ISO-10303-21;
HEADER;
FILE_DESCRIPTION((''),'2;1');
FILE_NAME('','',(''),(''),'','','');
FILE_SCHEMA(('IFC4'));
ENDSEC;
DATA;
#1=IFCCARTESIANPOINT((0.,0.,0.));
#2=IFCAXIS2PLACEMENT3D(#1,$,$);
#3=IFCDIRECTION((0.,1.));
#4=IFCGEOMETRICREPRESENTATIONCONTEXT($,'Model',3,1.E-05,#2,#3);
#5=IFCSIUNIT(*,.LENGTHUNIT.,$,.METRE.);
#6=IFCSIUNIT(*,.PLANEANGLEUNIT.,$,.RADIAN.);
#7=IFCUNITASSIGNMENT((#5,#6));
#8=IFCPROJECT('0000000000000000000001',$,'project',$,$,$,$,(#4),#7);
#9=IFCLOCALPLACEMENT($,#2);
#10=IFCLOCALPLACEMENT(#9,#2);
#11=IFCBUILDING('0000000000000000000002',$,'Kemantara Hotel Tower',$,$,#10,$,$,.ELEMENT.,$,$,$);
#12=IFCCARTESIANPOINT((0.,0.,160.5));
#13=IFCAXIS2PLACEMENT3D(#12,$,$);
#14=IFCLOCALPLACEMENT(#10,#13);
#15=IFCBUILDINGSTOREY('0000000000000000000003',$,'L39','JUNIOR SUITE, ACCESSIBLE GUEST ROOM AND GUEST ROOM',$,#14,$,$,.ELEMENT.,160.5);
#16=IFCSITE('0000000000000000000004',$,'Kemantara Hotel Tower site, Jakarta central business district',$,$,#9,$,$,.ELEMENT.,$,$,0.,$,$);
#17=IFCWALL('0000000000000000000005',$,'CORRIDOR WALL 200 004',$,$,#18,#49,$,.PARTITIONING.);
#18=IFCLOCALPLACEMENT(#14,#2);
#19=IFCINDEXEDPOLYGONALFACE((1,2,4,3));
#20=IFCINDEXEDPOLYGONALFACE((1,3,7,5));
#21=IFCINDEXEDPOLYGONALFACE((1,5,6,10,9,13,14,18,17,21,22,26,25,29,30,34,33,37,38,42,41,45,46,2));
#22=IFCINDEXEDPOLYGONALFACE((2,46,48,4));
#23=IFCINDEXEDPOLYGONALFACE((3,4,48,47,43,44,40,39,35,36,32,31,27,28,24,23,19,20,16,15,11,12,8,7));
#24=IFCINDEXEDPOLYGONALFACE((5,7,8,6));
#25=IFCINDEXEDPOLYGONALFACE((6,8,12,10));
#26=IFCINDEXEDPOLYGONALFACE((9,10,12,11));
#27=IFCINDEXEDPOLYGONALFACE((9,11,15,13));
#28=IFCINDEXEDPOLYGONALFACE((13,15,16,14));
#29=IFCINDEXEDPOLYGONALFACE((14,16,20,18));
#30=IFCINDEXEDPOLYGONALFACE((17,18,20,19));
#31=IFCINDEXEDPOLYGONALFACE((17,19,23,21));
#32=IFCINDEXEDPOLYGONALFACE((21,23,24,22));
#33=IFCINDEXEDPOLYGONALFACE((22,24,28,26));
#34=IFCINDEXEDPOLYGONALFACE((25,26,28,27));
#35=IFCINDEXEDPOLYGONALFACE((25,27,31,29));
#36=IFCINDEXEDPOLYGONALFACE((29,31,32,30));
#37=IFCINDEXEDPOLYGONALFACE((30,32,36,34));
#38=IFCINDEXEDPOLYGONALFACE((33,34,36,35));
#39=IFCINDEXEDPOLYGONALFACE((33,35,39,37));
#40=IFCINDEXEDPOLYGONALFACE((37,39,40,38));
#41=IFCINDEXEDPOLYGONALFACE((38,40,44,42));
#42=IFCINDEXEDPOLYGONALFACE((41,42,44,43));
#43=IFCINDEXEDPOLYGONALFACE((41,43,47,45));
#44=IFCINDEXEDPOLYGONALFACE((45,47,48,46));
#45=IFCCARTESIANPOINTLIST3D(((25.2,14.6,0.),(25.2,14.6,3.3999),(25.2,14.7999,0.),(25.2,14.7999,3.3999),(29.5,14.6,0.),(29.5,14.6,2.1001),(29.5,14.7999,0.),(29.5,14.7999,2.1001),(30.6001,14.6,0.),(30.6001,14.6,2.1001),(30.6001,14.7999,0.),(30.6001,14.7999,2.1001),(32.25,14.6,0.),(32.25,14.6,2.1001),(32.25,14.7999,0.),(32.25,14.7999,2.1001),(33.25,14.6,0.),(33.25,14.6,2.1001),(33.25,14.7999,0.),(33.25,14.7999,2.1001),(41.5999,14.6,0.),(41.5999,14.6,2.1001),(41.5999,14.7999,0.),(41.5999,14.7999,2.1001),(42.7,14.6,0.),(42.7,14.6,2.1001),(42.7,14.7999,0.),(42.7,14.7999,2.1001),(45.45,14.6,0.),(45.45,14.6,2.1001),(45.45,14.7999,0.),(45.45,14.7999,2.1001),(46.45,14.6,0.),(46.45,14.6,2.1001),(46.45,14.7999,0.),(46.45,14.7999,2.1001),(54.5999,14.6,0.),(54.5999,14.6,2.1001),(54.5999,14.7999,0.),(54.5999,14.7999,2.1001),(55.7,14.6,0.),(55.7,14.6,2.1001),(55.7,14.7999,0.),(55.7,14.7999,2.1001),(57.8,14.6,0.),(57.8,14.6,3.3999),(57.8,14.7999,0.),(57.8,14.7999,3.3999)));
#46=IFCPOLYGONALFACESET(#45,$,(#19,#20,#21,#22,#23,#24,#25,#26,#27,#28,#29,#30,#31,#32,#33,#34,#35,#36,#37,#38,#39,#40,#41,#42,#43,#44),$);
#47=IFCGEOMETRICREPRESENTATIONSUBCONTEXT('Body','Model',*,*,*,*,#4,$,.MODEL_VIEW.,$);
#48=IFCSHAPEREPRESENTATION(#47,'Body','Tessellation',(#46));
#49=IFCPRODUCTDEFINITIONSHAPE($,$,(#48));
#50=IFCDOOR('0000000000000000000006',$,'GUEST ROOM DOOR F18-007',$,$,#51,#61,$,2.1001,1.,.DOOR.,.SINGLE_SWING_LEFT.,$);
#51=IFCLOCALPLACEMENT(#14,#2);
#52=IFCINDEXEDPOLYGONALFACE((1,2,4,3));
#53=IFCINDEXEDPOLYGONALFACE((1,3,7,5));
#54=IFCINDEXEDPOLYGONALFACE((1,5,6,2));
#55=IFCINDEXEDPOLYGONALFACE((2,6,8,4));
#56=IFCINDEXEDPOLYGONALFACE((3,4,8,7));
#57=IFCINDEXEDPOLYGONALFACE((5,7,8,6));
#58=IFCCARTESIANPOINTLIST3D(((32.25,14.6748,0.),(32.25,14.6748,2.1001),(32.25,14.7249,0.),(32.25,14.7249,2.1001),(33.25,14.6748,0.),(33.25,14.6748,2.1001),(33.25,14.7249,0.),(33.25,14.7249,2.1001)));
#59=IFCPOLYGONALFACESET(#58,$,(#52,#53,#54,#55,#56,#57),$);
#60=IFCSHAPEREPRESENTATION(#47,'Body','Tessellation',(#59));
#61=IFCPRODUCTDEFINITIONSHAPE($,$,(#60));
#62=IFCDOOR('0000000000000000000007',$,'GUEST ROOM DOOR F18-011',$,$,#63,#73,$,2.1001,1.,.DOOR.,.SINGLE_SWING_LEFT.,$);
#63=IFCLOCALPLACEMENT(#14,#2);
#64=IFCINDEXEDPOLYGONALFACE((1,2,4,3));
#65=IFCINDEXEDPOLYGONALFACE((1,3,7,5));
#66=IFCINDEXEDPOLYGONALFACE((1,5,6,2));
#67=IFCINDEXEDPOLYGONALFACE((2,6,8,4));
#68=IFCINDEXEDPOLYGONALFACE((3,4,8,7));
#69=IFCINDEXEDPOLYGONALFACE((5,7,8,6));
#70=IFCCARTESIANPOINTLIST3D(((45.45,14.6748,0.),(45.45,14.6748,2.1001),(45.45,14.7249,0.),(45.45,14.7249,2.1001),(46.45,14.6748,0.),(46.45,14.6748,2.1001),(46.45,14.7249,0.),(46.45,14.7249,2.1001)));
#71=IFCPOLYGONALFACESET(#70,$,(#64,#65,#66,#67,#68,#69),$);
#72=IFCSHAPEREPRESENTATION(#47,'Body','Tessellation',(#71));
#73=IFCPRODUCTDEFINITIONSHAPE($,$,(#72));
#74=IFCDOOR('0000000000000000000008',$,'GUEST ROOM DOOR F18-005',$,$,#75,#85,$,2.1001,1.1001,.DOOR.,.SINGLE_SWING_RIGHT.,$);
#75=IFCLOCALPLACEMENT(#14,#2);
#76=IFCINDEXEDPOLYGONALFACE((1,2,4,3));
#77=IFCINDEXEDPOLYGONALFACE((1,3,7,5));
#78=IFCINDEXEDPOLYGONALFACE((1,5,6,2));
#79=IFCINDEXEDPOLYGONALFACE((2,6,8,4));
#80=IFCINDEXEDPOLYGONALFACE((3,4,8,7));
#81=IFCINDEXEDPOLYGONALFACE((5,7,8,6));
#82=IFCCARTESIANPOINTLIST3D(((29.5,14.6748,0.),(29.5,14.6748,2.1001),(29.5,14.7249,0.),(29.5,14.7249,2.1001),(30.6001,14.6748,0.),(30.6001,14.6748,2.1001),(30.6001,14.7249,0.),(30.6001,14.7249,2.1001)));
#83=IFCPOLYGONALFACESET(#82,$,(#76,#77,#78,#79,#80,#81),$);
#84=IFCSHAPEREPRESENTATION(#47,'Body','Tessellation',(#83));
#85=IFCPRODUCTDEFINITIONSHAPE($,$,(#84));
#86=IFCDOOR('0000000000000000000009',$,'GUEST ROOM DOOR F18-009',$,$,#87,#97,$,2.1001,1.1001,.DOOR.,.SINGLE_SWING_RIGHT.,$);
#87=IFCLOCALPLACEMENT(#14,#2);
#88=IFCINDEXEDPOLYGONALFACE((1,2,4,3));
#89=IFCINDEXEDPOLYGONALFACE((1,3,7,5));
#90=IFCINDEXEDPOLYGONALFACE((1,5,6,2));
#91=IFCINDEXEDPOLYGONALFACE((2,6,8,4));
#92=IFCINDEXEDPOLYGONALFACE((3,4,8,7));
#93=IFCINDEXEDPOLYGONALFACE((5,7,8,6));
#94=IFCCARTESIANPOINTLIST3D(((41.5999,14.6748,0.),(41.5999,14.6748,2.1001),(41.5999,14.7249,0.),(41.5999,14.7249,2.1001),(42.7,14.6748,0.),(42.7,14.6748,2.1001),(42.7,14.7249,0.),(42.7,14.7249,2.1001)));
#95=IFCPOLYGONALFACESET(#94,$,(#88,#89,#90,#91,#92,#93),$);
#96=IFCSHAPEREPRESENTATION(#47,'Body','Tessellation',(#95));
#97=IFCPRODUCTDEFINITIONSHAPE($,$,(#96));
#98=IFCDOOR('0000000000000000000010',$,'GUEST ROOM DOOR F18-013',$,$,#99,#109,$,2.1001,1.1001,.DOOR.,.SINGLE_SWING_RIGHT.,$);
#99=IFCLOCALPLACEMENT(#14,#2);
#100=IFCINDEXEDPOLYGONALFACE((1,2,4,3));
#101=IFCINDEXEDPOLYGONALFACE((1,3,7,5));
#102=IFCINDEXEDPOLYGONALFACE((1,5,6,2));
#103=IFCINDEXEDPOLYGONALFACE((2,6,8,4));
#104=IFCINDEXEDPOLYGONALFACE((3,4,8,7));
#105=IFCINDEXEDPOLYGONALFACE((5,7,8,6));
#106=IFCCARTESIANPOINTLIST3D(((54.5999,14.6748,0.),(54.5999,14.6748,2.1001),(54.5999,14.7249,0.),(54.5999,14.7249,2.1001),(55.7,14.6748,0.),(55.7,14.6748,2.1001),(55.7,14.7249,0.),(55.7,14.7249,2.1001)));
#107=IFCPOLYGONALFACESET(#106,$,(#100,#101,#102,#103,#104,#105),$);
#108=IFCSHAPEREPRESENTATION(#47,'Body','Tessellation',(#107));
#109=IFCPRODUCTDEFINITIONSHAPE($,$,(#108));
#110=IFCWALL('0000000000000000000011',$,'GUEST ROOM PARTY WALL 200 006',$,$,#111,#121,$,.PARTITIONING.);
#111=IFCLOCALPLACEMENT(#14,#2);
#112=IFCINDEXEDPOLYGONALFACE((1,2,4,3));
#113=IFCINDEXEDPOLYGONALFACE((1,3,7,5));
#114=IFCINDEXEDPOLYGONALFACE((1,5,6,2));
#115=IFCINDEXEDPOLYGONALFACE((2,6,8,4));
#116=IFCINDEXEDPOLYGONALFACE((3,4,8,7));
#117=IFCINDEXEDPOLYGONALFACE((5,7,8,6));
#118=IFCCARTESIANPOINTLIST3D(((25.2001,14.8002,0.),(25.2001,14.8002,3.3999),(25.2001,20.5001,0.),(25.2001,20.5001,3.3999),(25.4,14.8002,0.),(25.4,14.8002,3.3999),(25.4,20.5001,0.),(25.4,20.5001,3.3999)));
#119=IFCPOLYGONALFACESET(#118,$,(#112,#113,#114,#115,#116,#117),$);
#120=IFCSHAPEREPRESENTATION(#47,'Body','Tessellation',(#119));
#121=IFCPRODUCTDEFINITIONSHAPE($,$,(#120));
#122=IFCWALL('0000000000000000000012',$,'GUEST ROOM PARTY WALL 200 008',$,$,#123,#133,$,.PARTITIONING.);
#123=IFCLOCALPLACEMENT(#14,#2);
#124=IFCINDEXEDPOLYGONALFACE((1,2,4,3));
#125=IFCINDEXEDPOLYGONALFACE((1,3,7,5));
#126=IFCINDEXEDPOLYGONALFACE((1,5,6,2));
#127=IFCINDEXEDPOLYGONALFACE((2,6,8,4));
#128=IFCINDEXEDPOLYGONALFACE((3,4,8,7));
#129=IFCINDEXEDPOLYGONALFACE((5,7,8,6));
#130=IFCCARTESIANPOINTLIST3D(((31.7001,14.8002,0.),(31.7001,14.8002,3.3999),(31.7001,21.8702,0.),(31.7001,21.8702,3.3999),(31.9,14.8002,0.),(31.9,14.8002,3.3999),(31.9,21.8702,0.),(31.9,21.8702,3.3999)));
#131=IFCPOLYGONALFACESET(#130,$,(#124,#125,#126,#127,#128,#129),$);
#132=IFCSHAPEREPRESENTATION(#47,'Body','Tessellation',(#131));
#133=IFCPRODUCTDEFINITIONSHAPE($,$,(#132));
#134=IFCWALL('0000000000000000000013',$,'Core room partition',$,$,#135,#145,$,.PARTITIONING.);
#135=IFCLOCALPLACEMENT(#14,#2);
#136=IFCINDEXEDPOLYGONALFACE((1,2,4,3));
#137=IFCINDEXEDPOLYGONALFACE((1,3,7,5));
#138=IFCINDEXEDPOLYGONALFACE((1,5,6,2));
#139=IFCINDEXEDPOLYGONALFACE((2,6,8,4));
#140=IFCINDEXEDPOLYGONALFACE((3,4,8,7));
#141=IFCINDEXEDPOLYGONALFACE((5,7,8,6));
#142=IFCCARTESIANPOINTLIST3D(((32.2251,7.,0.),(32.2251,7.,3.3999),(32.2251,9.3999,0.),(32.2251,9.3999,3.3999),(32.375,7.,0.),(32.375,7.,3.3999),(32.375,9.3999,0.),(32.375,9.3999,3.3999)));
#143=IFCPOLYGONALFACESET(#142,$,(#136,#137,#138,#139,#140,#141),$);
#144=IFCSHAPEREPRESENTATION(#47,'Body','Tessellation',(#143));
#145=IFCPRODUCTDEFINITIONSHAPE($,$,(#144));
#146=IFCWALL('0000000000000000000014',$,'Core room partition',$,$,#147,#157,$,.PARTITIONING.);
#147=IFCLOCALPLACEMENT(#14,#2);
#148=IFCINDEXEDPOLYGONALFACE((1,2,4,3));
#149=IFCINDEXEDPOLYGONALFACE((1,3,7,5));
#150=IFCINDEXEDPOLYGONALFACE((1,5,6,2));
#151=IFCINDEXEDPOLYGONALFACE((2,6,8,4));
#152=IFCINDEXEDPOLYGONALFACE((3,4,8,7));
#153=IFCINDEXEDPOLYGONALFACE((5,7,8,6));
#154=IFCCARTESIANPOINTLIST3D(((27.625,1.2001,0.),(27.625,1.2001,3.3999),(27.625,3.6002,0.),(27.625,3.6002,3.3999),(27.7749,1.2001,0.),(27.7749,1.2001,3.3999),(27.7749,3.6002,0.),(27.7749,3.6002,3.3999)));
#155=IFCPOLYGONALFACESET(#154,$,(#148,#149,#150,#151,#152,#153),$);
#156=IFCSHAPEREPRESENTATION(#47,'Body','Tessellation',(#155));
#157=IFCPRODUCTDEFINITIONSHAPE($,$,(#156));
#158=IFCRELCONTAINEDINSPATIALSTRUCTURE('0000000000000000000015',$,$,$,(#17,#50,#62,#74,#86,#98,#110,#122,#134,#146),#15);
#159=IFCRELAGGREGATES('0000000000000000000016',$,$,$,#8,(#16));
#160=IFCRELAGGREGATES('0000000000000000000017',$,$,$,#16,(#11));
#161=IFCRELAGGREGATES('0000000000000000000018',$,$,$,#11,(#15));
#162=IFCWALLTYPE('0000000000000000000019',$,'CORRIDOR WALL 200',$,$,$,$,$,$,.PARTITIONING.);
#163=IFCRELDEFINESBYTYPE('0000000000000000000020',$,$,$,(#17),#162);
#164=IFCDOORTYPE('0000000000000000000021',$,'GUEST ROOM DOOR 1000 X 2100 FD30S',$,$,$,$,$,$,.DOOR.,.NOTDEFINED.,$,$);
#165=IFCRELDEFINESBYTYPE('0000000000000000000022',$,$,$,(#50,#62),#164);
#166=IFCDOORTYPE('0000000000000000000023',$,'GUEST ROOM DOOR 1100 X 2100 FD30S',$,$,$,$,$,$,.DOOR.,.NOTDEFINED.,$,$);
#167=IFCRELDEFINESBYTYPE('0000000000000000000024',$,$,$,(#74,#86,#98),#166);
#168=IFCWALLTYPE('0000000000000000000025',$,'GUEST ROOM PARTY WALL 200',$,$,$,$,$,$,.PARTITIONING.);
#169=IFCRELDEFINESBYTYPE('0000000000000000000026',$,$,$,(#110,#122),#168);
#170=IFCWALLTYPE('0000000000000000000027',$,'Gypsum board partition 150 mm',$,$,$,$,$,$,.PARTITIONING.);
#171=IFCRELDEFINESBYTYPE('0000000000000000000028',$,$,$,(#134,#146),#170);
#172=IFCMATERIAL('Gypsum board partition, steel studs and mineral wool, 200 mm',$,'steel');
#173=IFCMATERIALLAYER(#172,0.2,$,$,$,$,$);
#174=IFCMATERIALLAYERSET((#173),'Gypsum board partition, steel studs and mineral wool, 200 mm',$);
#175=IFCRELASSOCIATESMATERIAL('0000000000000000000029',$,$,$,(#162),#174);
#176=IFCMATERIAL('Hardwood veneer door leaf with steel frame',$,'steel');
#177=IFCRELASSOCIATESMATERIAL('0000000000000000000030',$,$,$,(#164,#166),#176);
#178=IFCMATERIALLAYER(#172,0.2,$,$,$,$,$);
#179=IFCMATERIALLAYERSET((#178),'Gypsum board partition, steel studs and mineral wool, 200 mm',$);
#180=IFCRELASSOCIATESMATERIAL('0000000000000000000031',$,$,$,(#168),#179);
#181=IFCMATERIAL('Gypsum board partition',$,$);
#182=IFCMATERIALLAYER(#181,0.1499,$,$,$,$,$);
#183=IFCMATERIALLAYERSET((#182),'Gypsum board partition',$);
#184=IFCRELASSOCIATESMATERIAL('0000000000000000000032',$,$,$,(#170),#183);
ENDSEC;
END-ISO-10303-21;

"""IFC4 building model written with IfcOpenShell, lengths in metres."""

from ifc_helpers import new_model, si_unit, direction, frame, frame_2d, origin, place, context, subcontext, project, spatial, rectangle, extrude, material, layer, layer_set, type_object, element, fill, save


model = new_model("IFC4")

# Units and contexts
model_context = context("Model", 3, precision=1e-05, world=origin(), true_north=direction((0.0, 1.0)))
body_context = subcontext(model_context, "Body", "Model", "MODEL_VIEW")
ifc_project = project(units=[si_unit("LENGTHUNIT", "METRE"), si_unit("PLANEANGLEUNIT", "RADIAN")], contexts=[model_context])

# Site, building, storey
site_placement = place(None, origin())
site = spatial("IfcSite", under=ifc_project, at=site_placement, Name="Kemantara Hotel Tower site, Jakarta central business district", CompositionType="ELEMENT", RefElevation=0.0)
building_placement = place(site_placement, origin())
building = spatial("IfcBuilding", under=site, at=building_placement, Name="Kemantara Hotel Tower", CompositionType="ELEMENT")
storey_placement = place(building_placement, frame((0.0, 0.0, 160.5)))
storey = spatial("IfcBuildingStorey", under=building, at=storey_placement, Name="L39", Description="JUNIOR SUITE, ACCESSIBLE GUEST ROOM AND GUEST ROOM", CompositionType="ELEMENT", Elevation=160.5)

# Wall, openings, doors
ifc_material_1 = material(Name="Gypsum board partition, steel studs and mineral wool, 200 mm", Category="steel")
ifc_layer_1 = layer(ifc_material_1, 0.2)
ifc_layer_set_1 = layer_set([ifc_layer_1], Name="Gypsum board partition, steel studs and mineral wool, 200 mm")
wall_type_1 = type_object("IfcWallType", Name="CORRIDOR WALL 200", PredefinedType="PARTITIONING", material=ifc_layer_set_1)
wall_1_placement = place(storey_placement, frame((25.2, 14.7, 0.0), z_axis=(0.0, 0.0, 1.0), x_axis=(1.0, 0.0, 0.0)))
wall_1 = element("IfcWall", 1, at=wall_1_placement, inside=storey, type_object=wall_type_1, Name="CORRIDOR WALL 200 004", PredefinedType="PARTITIONING", context=body_context, shape_type="SweptSolid", body=[
    extrude(rectangle(XDim=32.6001, YDim=0.2, at=frame_2d((16.3, 0.0))), origin(), (0.0, 0.0, 1.0), 3.3999),
])
opening_1_placement = place(wall_1_placement, frame((4.3, 0.0, 0.0)))
opening_1 = element("IfcOpeningElement", 2, at=opening_1_placement, cuts=wall_1, PredefinedType="OPENING", context=body_context, shape_type="SweptSolid", body=[
    extrude(rectangle(XDim=1.1001, YDim=2.1001, at=frame_2d((0.55, 1.05))), frame((0.0, 0.1099, 0.0), z_axis=(0.0, -1.0, 0.0), x_axis=(1.0, 0.0, 0.0)), (0.0, 0.0, 1.0), 0.22),
])
opening_2_placement = place(wall_1_placement, frame((7.05, 0.0, 0.0)))
opening_2 = element("IfcOpeningElement", 3, at=opening_2_placement, cuts=wall_1, PredefinedType="OPENING", context=body_context, shape_type="SweptSolid", body=[
    extrude(rectangle(XDim=1.0, YDim=2.1001, at=frame_2d((0.5, 1.05))), frame((0.0, 0.1099, 0.0), z_axis=(0.0, -1.0, 0.0), x_axis=(1.0, 0.0, 0.0)), (0.0, 0.0, 1.0), 0.22),
])
opening_3_placement = place(wall_1_placement, frame((16.3999, 0.0, 0.0)))
opening_3 = element("IfcOpeningElement", 4, at=opening_3_placement, cuts=wall_1, PredefinedType="OPENING", context=body_context, shape_type="SweptSolid", body=[
    extrude(rectangle(XDim=1.1001, YDim=2.1001, at=frame_2d((0.55, 1.05))), frame((0.0, 0.1099, 0.0), z_axis=(0.0, -1.0, 0.0), x_axis=(1.0, 0.0, 0.0)), (0.0, 0.0, 1.0), 0.22),
])
opening_4_placement = place(wall_1_placement, frame((20.25, 0.0, 0.0)))
opening_4 = element("IfcOpeningElement", 5, at=opening_4_placement, cuts=wall_1, PredefinedType="OPENING", context=body_context, shape_type="SweptSolid", body=[
    extrude(rectangle(XDim=1.0, YDim=2.1001, at=frame_2d((0.5, 1.05))), frame((0.0, 0.1099, 0.0), z_axis=(0.0, -1.0, 0.0), x_axis=(1.0, 0.0, 0.0)), (0.0, 0.0, 1.0), 0.22),
])
opening_5_placement = place(wall_1_placement, frame((29.3999, 0.0, 0.0)))
opening_5 = element("IfcOpeningElement", 6, at=opening_5_placement, cuts=wall_1, PredefinedType="OPENING", context=body_context, shape_type="SweptSolid", body=[
    extrude(rectangle(XDim=1.1001, YDim=2.1001, at=frame_2d((0.55, 1.05))), frame((0.0, 0.1099, 0.0), z_axis=(0.0, -1.0, 0.0), x_axis=(1.0, 0.0, 0.0)), (0.0, 0.0, 1.0), 0.22),
])
ifc_material_2 = material(Name="Hardwood veneer door leaf with steel frame", Category="steel")
door_type_1 = type_object("IfcDoorType", Name="GUEST ROOM DOOR 1000 X 2100 FD30S", OperationType="NOTDEFINED", PredefinedType="DOOR", material=ifc_material_2)
door_1_placement = place(opening_2_placement, origin())
door_1 = element("IfcDoor", 7, at=door_1_placement, inside=storey, type_object=door_type_1, Name="GUEST ROOM DOOR F18-007", OperationType="SINGLE_SWING_LEFT", OverallHeight=2.1001, OverallWidth=1.0, PredefinedType="DOOR", context=body_context, shape_type="SweptSolid", body=[
    extrude(rectangle(XDim=1.0, YDim=2.1001, at=frame_2d((0.5, 1.05))), frame((0.0, 0.0249, 0.0), z_axis=(0.0, -1.0, 0.0), x_axis=(1.0, 0.0, 0.0)), (0.0, 0.0, 1.0), 0.05),
])
fill(opening_2, door_1)
door_2_placement = place(opening_4_placement, origin())
door_2 = element("IfcDoor", 8, at=door_2_placement, inside=storey, type_object=door_type_1, Name="GUEST ROOM DOOR F18-011", OperationType="SINGLE_SWING_LEFT", OverallHeight=2.1001, OverallWidth=1.0, PredefinedType="DOOR", context=body_context, shape_type="SweptSolid", body=[
    extrude(rectangle(XDim=1.0, YDim=2.1001, at=frame_2d((0.5, 1.05))), frame((0.0, 0.0249, 0.0), z_axis=(0.0, -1.0, 0.0), x_axis=(1.0, 0.0, 0.0)), (0.0, 0.0, 1.0), 0.05),
])
fill(opening_4, door_2)
door_type_2 = type_object("IfcDoorType", Name="GUEST ROOM DOOR 1100 X 2100 FD30S", OperationType="NOTDEFINED", PredefinedType="DOOR", material=ifc_material_2)
door_3_placement = place(opening_1_placement, origin())
door_3 = element("IfcDoor", 9, at=door_3_placement, inside=storey, type_object=door_type_2, Name="GUEST ROOM DOOR F18-005", OperationType="SINGLE_SWING_RIGHT", OverallHeight=2.1001, OverallWidth=1.1001, PredefinedType="DOOR", context=body_context, shape_type="SweptSolid", body=[
    extrude(rectangle(XDim=1.1001, YDim=2.1001, at=frame_2d((0.55, 1.05))), frame((0.0, 0.0249, 0.0), z_axis=(0.0, -1.0, 0.0), x_axis=(1.0, 0.0, 0.0)), (0.0, 0.0, 1.0), 0.05),
])
fill(opening_1, door_3)
door_4_placement = place(opening_3_placement, origin())
door_4 = element("IfcDoor", 10, at=door_4_placement, inside=storey, type_object=door_type_2, Name="GUEST ROOM DOOR F18-009", OperationType="SINGLE_SWING_RIGHT", OverallHeight=2.1001, OverallWidth=1.1001, PredefinedType="DOOR", context=body_context, shape_type="SweptSolid", body=[
    extrude(rectangle(XDim=1.1001, YDim=2.1001, at=frame_2d((0.55, 1.05))), frame((0.0, 0.0249, 0.0), z_axis=(0.0, -1.0, 0.0), x_axis=(1.0, 0.0, 0.0)), (0.0, 0.0, 1.0), 0.05),
])
fill(opening_3, door_4)
door_5_placement = place(opening_5_placement, origin())
door_5 = element("IfcDoor", 11, at=door_5_placement, inside=storey, type_object=door_type_2, Name="GUEST ROOM DOOR F18-013", OperationType="SINGLE_SWING_RIGHT", OverallHeight=2.1001, OverallWidth=1.1001, PredefinedType="DOOR", context=body_context, shape_type="SweptSolid", body=[
    extrude(rectangle(XDim=1.1001, YDim=2.1001, at=frame_2d((0.55, 1.05))), frame((0.0, 0.0249, 0.0), z_axis=(0.0, -1.0, 0.0), x_axis=(1.0, 0.0, 0.0)), (0.0, 0.0, 1.0), 0.05),
])
fill(opening_5, door_5)

# Walls
ifc_layer_2 = layer(ifc_material_1, 0.2)
ifc_layer_set_2 = layer_set([ifc_layer_2], Name="Gypsum board partition, steel studs and mineral wool, 200 mm")
wall_type_2 = type_object("IfcWallType", Name="GUEST ROOM PARTY WALL 200", PredefinedType="PARTITIONING", material=ifc_layer_set_2)
wall_2_placement = place(storey_placement, frame((25.3, 14.8, 0.0), z_axis=(0.0, 0.0, 1.0), x_axis=(0.0, 1.0, 0.0)))
element("IfcWall", 12, at=wall_2_placement, inside=storey, type_object=wall_type_2, Name="GUEST ROOM PARTY WALL 200 006", PredefinedType="PARTITIONING", context=body_context, shape_type="SweptSolid", body=[
    extrude(rectangle(XDim=5.7, YDim=0.2, at=frame_2d((2.8501, 0.0))), origin(), (0.0, 0.0, 1.0), 3.3999),
])
wall_3_placement = place(storey_placement, frame((31.8, 14.8, 0.0), z_axis=(0.0, 0.0, 1.0), x_axis=(0.0, 1.0, 0.0)))
element("IfcWall", 13, at=wall_3_placement, inside=storey, type_object=wall_type_2, Name="GUEST ROOM PARTY WALL 200 008", PredefinedType="PARTITIONING", context=body_context, shape_type="SweptSolid", body=[
    extrude(rectangle(XDim=7.0701, YDim=0.2, at=frame_2d((3.5352, 0.0))), origin(), (0.0, 0.0, 1.0), 3.3999),
])
ifc_material_3 = material(Name="Gypsum board partition")
ifc_layer_3 = layer(ifc_material_3, 0.1499)
ifc_layer_set_3 = layer_set([ifc_layer_3], Name="Gypsum board partition")
wall_type_3 = type_object("IfcWallType", Name="Gypsum board partition 150 mm", PredefinedType="PARTITIONING", material=ifc_layer_set_3)
wall_4_placement = place(storey_placement, frame((32.3, 7.0, 0.0), z_axis=(0.0, 0.0, 1.0), x_axis=(0.0, 1.0, 0.0)))
element("IfcWall", 14, at=wall_4_placement, inside=storey, type_object=wall_type_3, Name="Core room partition", PredefinedType="PARTITIONING", context=body_context, shape_type="SweptSolid", body=[
    extrude(rectangle(XDim=2.3999, YDim=0.1499, at=frame_2d((1.2, 0.0))), origin(), (0.0, 0.0, 1.0), 3.3999),
])
wall_5_placement = place(storey_placement, frame((27.7, 1.2, 0.0), z_axis=(0.0, 0.0, 1.0), x_axis=(0.0, 1.0, 0.0)))
element("IfcWall", 15, at=wall_5_placement, inside=storey, type_object=wall_type_3, Name="Core room partition", PredefinedType="PARTITIONING", context=body_context, shape_type="SweptSolid", body=[
    extrude(rectangle(XDim=2.4001, YDim=0.1499, at=frame_2d((1.2002, 0.0))), origin(), (0.0, 0.0, 1.0), 3.3999),
])

save(model, "model.ifc")
